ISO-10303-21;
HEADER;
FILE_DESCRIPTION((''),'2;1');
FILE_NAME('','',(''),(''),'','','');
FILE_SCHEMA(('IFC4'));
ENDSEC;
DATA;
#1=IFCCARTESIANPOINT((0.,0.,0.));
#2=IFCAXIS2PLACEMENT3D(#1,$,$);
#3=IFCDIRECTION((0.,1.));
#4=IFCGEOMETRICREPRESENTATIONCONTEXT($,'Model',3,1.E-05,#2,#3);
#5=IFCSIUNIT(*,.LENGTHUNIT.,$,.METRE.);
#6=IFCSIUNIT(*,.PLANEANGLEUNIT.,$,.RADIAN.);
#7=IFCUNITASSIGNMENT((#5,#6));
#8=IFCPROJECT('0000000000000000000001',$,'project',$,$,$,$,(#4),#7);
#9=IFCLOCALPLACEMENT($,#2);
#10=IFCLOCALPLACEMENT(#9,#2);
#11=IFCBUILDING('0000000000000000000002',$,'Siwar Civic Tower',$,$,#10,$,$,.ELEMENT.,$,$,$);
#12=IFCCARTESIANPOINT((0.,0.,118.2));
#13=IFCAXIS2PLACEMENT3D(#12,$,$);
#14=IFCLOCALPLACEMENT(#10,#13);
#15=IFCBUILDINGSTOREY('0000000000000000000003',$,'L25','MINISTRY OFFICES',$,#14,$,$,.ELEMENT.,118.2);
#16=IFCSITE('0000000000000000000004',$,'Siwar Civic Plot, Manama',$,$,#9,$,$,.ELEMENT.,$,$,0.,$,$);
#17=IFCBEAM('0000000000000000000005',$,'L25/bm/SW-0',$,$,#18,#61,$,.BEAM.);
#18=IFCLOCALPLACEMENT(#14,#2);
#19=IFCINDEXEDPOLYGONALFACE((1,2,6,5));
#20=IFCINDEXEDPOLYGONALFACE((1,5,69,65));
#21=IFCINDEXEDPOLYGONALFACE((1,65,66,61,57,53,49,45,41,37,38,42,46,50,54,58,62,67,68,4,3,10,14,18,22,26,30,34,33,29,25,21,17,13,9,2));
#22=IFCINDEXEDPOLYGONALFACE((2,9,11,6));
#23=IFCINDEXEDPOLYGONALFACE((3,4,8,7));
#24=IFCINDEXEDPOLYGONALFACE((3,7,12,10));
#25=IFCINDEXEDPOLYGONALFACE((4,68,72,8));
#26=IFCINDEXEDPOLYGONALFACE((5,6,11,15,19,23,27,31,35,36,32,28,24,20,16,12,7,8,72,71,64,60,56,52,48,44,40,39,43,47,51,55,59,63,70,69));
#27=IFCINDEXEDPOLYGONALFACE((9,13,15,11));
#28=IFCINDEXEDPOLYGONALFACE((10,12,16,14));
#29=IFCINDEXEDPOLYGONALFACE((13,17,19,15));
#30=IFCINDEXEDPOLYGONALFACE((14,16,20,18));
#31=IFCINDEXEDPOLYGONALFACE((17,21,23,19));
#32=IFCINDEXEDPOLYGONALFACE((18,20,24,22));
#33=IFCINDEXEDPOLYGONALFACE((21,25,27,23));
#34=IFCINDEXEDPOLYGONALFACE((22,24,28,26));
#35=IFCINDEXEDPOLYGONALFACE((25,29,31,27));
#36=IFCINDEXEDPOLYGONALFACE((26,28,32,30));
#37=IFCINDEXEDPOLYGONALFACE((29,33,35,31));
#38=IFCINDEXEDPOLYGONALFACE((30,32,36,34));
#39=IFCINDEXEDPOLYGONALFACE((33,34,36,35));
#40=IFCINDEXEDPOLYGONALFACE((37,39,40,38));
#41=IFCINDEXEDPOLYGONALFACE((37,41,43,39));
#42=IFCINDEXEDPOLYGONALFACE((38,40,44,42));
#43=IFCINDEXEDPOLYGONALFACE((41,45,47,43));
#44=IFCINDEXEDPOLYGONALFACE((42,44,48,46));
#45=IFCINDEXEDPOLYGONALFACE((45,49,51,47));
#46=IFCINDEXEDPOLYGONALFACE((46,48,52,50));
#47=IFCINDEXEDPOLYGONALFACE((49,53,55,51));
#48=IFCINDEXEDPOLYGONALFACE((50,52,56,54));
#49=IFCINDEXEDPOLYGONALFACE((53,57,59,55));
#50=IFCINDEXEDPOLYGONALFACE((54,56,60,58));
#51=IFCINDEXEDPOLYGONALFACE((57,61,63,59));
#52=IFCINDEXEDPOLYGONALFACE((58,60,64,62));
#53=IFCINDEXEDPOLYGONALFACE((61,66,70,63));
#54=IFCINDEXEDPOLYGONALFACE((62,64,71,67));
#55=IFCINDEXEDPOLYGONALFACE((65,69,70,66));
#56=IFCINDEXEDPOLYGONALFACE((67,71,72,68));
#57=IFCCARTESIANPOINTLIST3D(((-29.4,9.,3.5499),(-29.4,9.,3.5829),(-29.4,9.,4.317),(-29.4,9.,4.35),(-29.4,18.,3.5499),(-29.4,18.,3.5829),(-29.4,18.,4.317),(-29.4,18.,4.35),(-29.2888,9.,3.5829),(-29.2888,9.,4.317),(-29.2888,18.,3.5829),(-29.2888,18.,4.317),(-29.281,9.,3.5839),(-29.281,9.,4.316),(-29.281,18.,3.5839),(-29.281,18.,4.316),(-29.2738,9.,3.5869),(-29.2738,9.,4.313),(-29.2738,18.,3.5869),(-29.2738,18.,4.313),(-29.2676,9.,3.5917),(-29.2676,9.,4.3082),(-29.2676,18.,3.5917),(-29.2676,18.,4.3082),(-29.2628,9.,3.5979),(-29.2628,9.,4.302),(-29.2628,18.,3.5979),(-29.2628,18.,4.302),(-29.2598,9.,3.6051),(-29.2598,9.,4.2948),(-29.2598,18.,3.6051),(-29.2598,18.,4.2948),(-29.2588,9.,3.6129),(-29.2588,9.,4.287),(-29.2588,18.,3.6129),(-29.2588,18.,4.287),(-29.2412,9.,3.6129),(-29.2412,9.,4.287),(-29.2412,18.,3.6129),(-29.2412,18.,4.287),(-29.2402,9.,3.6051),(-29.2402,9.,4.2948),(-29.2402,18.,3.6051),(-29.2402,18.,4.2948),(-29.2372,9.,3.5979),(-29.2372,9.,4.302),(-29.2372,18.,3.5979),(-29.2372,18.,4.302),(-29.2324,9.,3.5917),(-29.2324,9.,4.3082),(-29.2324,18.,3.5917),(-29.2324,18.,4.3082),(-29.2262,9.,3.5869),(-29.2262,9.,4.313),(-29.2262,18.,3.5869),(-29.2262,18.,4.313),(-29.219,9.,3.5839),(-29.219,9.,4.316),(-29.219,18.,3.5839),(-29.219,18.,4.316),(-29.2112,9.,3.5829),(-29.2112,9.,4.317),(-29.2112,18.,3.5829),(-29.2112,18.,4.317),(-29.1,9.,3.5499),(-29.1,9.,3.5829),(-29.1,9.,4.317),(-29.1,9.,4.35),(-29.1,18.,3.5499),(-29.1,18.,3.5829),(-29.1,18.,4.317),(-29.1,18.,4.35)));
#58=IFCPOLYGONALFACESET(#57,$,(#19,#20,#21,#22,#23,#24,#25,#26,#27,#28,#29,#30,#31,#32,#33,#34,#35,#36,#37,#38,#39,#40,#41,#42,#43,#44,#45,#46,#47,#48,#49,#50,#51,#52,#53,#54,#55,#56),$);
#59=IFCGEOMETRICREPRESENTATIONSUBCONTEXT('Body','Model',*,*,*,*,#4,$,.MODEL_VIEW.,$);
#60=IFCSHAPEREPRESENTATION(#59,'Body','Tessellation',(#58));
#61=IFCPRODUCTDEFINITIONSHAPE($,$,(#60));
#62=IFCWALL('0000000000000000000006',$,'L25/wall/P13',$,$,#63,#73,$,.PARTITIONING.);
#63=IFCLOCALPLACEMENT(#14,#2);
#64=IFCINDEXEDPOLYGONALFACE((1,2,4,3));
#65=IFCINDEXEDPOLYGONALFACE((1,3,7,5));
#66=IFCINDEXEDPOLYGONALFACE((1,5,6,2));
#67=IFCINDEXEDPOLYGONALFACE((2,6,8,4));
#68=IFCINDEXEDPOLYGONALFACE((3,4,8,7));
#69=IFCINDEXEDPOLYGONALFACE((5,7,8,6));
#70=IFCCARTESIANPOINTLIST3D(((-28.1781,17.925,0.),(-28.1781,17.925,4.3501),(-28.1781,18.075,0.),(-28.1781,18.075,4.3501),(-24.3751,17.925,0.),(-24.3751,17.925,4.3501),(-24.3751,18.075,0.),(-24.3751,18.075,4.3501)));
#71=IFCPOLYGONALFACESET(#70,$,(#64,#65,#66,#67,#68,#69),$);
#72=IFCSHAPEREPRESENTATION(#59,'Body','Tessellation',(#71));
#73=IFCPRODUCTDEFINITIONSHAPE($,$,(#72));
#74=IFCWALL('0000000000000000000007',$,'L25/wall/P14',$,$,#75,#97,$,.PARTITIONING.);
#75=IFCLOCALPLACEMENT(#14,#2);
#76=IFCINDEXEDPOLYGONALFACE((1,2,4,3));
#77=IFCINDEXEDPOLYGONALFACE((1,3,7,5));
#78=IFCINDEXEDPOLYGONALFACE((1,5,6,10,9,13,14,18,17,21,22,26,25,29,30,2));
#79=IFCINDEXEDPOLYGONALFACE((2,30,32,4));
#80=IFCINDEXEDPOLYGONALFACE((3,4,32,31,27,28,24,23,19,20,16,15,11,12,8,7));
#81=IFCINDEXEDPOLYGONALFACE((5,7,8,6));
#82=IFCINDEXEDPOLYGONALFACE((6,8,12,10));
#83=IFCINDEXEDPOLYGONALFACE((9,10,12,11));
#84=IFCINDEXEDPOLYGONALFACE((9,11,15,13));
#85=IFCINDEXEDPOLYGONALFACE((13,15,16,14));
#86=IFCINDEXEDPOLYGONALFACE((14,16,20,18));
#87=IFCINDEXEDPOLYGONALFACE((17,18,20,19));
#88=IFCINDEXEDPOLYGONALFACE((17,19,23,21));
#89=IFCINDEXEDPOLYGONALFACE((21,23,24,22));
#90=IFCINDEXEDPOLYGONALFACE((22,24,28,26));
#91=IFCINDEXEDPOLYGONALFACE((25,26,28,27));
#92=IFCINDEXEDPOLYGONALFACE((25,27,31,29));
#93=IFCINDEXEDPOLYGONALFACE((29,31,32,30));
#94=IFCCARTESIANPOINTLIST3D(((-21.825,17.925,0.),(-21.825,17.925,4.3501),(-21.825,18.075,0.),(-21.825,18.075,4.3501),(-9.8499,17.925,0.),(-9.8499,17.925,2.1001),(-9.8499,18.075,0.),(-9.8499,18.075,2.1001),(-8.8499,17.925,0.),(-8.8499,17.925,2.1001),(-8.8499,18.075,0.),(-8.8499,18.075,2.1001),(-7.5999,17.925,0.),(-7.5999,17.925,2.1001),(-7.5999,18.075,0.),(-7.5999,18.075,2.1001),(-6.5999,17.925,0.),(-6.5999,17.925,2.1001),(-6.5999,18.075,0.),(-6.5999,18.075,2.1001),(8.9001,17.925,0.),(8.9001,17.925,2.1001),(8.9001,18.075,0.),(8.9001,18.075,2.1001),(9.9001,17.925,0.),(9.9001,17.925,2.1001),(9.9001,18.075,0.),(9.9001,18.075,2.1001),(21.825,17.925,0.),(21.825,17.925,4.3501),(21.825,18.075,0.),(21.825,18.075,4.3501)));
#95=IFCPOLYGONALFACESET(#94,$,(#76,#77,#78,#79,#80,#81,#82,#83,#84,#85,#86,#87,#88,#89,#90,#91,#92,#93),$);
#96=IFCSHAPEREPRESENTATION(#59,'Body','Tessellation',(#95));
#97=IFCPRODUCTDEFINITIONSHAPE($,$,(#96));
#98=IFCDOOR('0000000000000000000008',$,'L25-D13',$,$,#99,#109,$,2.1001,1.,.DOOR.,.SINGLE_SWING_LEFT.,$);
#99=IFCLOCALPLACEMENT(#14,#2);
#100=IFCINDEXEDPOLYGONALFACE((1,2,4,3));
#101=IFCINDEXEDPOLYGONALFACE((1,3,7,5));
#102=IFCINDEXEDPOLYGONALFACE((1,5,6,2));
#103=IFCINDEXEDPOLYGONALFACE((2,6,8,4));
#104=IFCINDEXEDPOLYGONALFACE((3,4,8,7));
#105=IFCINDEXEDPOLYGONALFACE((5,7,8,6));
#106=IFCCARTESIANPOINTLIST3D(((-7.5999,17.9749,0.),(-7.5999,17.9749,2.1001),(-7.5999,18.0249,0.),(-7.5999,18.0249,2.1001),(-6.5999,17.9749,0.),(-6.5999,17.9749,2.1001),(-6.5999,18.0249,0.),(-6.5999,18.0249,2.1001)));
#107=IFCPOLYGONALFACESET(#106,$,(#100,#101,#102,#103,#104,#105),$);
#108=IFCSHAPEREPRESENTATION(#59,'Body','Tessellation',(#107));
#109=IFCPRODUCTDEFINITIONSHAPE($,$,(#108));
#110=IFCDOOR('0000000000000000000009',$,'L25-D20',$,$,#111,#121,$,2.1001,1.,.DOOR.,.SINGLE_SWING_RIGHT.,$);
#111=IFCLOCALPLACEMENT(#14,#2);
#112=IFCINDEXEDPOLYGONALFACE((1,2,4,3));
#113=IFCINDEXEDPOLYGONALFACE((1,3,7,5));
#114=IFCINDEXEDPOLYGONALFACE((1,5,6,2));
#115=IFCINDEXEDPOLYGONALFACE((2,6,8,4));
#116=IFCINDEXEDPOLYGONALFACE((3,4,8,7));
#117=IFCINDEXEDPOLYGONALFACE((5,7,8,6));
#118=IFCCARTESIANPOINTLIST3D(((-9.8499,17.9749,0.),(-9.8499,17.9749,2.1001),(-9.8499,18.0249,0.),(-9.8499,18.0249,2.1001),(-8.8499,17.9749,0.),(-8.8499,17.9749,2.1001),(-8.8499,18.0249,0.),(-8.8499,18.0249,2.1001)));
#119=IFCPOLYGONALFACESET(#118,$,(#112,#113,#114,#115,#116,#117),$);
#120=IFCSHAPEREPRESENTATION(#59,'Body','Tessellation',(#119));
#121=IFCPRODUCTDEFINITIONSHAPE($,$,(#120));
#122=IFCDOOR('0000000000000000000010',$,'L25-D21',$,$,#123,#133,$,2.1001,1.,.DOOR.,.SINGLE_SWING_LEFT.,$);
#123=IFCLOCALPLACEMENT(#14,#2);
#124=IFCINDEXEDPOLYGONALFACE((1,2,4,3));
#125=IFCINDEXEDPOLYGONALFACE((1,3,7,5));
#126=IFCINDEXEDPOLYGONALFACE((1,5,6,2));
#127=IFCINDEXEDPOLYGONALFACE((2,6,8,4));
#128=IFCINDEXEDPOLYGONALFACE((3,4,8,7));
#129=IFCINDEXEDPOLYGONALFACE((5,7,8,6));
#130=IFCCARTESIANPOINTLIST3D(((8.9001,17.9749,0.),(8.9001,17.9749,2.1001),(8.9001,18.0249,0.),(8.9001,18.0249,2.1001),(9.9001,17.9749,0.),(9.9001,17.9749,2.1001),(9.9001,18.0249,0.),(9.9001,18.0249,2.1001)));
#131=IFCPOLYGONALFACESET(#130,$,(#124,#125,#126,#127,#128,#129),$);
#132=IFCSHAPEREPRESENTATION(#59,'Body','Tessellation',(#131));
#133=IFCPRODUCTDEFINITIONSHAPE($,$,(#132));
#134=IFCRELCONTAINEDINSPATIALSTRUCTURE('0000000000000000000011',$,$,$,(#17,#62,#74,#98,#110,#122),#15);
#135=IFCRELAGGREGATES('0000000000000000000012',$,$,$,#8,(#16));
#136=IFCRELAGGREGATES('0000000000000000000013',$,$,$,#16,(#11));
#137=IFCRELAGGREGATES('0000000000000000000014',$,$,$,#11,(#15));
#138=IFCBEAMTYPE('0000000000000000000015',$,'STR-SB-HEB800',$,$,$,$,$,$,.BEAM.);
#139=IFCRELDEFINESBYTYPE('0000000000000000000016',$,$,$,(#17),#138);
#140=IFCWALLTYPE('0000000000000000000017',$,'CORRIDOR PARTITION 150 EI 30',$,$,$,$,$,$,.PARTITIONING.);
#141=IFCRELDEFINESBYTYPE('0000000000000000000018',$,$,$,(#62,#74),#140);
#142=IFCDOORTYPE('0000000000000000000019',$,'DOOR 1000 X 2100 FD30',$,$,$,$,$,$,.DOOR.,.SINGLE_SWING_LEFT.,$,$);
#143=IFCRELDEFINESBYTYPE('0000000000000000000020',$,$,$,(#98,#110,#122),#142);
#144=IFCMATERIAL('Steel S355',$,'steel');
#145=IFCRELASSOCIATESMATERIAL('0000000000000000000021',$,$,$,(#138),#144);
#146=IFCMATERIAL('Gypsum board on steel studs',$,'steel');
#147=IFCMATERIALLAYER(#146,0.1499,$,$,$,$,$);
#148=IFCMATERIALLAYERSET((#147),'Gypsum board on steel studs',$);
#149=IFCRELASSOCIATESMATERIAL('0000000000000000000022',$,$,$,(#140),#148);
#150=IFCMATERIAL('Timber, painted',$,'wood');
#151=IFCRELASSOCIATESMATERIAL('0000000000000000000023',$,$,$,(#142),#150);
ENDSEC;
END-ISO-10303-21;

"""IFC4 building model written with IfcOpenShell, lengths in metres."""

from ifc_helpers import new_model, si_unit, direction, frame, frame_2d, origin, origin_2d, place, context, subcontext, project, spatial, rectangle, i_section, extrude, material, layer, layer_set, material_profile, profile_set, type_object, element, fill, save


model = new_model("IFC4")

# Units and contexts
model_context = context("Model", 3, precision=1e-05, world=origin(), true_north=direction((0.0, 1.0)))
body_context = subcontext(model_context, "Body", "Model", "MODEL_VIEW")
ifc_project = project(units=[si_unit("LENGTHUNIT", "METRE"), si_unit("PLANEANGLEUNIT", "RADIAN")], contexts=[model_context])

# Site, building, storey
site_placement = place(None, origin())
site = spatial("IfcSite", under=ifc_project, at=site_placement, Name="Siwar Civic Plot, Manama", CompositionType="ELEMENT", RefElevation=0.0)
building_placement = place(site_placement, origin())
building = spatial("IfcBuilding", under=site, at=building_placement, Name="Siwar Civic Tower", CompositionType="ELEMENT")
storey_placement = place(building_placement, frame((0.0, 0.0, 118.2)))
storey = spatial("IfcBuildingStorey", under=building, at=storey_placement, Name="L25", Description="MINISTRY OFFICES", CompositionType="ELEMENT", Elevation=118.2)

# Beam
ifc_material_1 = material(Name="Steel S355", Category="steel")
ifc_material_profile_1 = material_profile(ifc_material_1, i_section(OverallWidth=0.3, OverallDepth=0.8, WebThickness=0.0176, FlangeThickness=0.033, FilletRadius=0.03, at=origin_2d()), Name="HEB800")
ifc_profile_set_1 = profile_set([ifc_material_profile_1], Name="Steel S355")
beam_type_1 = type_object("IfcBeamType", Name="STR-SB-HEB800", PredefinedType="BEAM", material=ifc_profile_set_1)
beam_1_placement = place(storey_placement, frame((-29.25, 18.0, 3.95), z_axis=(0.0, -1.0, 0.0), x_axis=(1.0, 0.0, 0.0)))
element("IfcBeam", 1, at=beam_1_placement, inside=storey, type_object=beam_type_1, Name="L25/bm/SW-0", PredefinedType="BEAM", context=body_context, shape_type="SweptSolid", body=[
    extrude(i_section(OverallWidth=0.3, OverallDepth=0.8, WebThickness=0.0176, FlangeThickness=0.033, FilletRadius=0.03, at=origin_2d()), origin(), (0.0, 0.0, 1.0), 9.0),
])

# Wall
ifc_material_2 = material(Name="Gypsum board on steel studs", Category="steel")
ifc_layer_1 = layer(ifc_material_2, 0.1499)
ifc_layer_set_1 = layer_set([ifc_layer_1], Name="Gypsum board on steel studs")
wall_type = type_object("IfcWallType", Name="CORRIDOR PARTITION 150 EI 30", PredefinedType="PARTITIONING", material=ifc_layer_set_1)
wall_1_placement = place(storey_placement, frame((-28.178, 18.0, 0.0), z_axis=(0.0, 0.0, 1.0), x_axis=(1.0, 0.0, 0.0)))
element("IfcWall", 2, at=wall_1_placement, inside=storey, type_object=wall_type, Name="L25/wall/P13", PredefinedType="PARTITIONING", context=body_context, shape_type="SweptSolid", body=[
    extrude(rectangle(XDim=3.803, YDim=0.1499, at=frame_2d((1.9014, 0.0))), origin(), (0.0, 0.0, 1.0), 4.3501),
])

# Wall, openings, doors
wall_2_placement = place(storey_placement, frame((-21.825, 18.0, 0.0), z_axis=(0.0, 0.0, 1.0), x_axis=(1.0, 0.0, 0.0)))
wall_2 = element("IfcWall", 3, at=wall_2_placement, inside=storey, type_object=wall_type, Name="L25/wall/P14", PredefinedType="PARTITIONING", context=body_context, shape_type="SweptSolid", body=[
    extrude(rectangle(XDim=43.6499, YDim=0.1499, at=frame_2d((21.825, 0.0))), origin(), (0.0, 0.0, 1.0), 4.3501),
])
opening_1_placement = place(wall_2_placement, frame((14.2251, 0.0, 0.0)))
opening_1 = element("IfcOpeningElement", 4, at=opening_1_placement, cuts=wall_2, PredefinedType="OPENING", context=body_context, shape_type="SweptSolid", body=[
    extrude(rectangle(XDim=1.0, YDim=2.1001, at=frame_2d((0.5, 1.05))), frame((0.0, 0.085, 0.0), z_axis=(0.0, -1.0, 0.0), x_axis=(1.0, 0.0, 0.0)), (0.0, 0.0, 1.0), 0.1699),
])
opening_2_placement = place(wall_2_placement, frame((11.9751, 0.0, 0.0)))
opening_2 = element("IfcOpeningElement", 5, at=opening_2_placement, cuts=wall_2, PredefinedType="OPENING", context=body_context, shape_type="SweptSolid", body=[
    extrude(rectangle(XDim=1.0, YDim=2.1001, at=frame_2d((0.5, 1.05))), frame((0.0, 0.085, 0.0), z_axis=(0.0, -1.0, 0.0), x_axis=(1.0, 0.0, 0.0)), (0.0, 0.0, 1.0), 0.1699),
])
opening_3_placement = place(wall_2_placement, frame((30.7251, 0.0, 0.0)))
opening_3 = element("IfcOpeningElement", 6, at=opening_3_placement, cuts=wall_2, PredefinedType="OPENING", context=body_context, shape_type="SweptSolid", body=[
    extrude(rectangle(XDim=1.0, YDim=2.1001, at=frame_2d((0.5, 1.05))), frame((0.0, 0.085, 0.0), z_axis=(0.0, -1.0, 0.0), x_axis=(1.0, 0.0, 0.0)), (0.0, 0.0, 1.0), 0.1699),
])
ifc_material_3 = material(Name="Timber, painted", Category="wood")
door_type = type_object("IfcDoorType", Name="DOOR 1000 X 2100 FD30", OperationType="SINGLE_SWING_LEFT", PredefinedType="DOOR", material=ifc_material_3)
door_1_placement = place(opening_1_placement, origin())
door_1 = element("IfcDoor", 7, at=door_1_placement, inside=storey, type_object=door_type, Name="L25-D13", OperationType="SINGLE_SWING_LEFT", OverallHeight=2.1001, OverallWidth=1.0, PredefinedType="DOOR", context=body_context, shape_type="SweptSolid", body=[
    extrude(rectangle(XDim=1.0, YDim=2.1001, at=frame_2d((0.5, 1.05))), frame((0.0, 0.0249, 0.0), z_axis=(0.0, -1.0, 0.0), x_axis=(1.0, 0.0, 0.0)), (0.0, 0.0, 1.0), 0.05),
])
fill(opening_1, door_1)
door_2_placement = place(opening_2_placement, origin())
door_2 = element("IfcDoor", 8, at=door_2_placement, inside=storey, type_object=door_type, Name="L25-D20", OperationType="SINGLE_SWING_RIGHT", OverallHeight=2.1001, OverallWidth=1.0, PredefinedType="DOOR", context=body_context, shape_type="SweptSolid", body=[
    extrude(rectangle(XDim=1.0, YDim=2.1001, at=frame_2d((0.5, 1.05))), frame((0.0, 0.0249, 0.0), z_axis=(0.0, -1.0, 0.0), x_axis=(1.0, 0.0, 0.0)), (0.0, 0.0, 1.0), 0.05),
])
fill(opening_2, door_2)
door_3_placement = place(opening_3_placement, origin())
door_3 = element("IfcDoor", 9, at=door_3_placement, inside=storey, type_object=door_type, Name="L25-D21", OperationType="SINGLE_SWING_LEFT", OverallHeight=2.1001, OverallWidth=1.0, PredefinedType="DOOR", context=body_context, shape_type="SweptSolid", body=[
    extrude(rectangle(XDim=1.0, YDim=2.1001, at=frame_2d((0.5, 1.05))), frame((0.0, 0.0249, 0.0), z_axis=(0.0, -1.0, 0.0), x_axis=(1.0, 0.0, 0.0)), (0.0, 0.0, 1.0), 0.05),
])
fill(opening_3, door_3)

save(model, "model.ifc")
